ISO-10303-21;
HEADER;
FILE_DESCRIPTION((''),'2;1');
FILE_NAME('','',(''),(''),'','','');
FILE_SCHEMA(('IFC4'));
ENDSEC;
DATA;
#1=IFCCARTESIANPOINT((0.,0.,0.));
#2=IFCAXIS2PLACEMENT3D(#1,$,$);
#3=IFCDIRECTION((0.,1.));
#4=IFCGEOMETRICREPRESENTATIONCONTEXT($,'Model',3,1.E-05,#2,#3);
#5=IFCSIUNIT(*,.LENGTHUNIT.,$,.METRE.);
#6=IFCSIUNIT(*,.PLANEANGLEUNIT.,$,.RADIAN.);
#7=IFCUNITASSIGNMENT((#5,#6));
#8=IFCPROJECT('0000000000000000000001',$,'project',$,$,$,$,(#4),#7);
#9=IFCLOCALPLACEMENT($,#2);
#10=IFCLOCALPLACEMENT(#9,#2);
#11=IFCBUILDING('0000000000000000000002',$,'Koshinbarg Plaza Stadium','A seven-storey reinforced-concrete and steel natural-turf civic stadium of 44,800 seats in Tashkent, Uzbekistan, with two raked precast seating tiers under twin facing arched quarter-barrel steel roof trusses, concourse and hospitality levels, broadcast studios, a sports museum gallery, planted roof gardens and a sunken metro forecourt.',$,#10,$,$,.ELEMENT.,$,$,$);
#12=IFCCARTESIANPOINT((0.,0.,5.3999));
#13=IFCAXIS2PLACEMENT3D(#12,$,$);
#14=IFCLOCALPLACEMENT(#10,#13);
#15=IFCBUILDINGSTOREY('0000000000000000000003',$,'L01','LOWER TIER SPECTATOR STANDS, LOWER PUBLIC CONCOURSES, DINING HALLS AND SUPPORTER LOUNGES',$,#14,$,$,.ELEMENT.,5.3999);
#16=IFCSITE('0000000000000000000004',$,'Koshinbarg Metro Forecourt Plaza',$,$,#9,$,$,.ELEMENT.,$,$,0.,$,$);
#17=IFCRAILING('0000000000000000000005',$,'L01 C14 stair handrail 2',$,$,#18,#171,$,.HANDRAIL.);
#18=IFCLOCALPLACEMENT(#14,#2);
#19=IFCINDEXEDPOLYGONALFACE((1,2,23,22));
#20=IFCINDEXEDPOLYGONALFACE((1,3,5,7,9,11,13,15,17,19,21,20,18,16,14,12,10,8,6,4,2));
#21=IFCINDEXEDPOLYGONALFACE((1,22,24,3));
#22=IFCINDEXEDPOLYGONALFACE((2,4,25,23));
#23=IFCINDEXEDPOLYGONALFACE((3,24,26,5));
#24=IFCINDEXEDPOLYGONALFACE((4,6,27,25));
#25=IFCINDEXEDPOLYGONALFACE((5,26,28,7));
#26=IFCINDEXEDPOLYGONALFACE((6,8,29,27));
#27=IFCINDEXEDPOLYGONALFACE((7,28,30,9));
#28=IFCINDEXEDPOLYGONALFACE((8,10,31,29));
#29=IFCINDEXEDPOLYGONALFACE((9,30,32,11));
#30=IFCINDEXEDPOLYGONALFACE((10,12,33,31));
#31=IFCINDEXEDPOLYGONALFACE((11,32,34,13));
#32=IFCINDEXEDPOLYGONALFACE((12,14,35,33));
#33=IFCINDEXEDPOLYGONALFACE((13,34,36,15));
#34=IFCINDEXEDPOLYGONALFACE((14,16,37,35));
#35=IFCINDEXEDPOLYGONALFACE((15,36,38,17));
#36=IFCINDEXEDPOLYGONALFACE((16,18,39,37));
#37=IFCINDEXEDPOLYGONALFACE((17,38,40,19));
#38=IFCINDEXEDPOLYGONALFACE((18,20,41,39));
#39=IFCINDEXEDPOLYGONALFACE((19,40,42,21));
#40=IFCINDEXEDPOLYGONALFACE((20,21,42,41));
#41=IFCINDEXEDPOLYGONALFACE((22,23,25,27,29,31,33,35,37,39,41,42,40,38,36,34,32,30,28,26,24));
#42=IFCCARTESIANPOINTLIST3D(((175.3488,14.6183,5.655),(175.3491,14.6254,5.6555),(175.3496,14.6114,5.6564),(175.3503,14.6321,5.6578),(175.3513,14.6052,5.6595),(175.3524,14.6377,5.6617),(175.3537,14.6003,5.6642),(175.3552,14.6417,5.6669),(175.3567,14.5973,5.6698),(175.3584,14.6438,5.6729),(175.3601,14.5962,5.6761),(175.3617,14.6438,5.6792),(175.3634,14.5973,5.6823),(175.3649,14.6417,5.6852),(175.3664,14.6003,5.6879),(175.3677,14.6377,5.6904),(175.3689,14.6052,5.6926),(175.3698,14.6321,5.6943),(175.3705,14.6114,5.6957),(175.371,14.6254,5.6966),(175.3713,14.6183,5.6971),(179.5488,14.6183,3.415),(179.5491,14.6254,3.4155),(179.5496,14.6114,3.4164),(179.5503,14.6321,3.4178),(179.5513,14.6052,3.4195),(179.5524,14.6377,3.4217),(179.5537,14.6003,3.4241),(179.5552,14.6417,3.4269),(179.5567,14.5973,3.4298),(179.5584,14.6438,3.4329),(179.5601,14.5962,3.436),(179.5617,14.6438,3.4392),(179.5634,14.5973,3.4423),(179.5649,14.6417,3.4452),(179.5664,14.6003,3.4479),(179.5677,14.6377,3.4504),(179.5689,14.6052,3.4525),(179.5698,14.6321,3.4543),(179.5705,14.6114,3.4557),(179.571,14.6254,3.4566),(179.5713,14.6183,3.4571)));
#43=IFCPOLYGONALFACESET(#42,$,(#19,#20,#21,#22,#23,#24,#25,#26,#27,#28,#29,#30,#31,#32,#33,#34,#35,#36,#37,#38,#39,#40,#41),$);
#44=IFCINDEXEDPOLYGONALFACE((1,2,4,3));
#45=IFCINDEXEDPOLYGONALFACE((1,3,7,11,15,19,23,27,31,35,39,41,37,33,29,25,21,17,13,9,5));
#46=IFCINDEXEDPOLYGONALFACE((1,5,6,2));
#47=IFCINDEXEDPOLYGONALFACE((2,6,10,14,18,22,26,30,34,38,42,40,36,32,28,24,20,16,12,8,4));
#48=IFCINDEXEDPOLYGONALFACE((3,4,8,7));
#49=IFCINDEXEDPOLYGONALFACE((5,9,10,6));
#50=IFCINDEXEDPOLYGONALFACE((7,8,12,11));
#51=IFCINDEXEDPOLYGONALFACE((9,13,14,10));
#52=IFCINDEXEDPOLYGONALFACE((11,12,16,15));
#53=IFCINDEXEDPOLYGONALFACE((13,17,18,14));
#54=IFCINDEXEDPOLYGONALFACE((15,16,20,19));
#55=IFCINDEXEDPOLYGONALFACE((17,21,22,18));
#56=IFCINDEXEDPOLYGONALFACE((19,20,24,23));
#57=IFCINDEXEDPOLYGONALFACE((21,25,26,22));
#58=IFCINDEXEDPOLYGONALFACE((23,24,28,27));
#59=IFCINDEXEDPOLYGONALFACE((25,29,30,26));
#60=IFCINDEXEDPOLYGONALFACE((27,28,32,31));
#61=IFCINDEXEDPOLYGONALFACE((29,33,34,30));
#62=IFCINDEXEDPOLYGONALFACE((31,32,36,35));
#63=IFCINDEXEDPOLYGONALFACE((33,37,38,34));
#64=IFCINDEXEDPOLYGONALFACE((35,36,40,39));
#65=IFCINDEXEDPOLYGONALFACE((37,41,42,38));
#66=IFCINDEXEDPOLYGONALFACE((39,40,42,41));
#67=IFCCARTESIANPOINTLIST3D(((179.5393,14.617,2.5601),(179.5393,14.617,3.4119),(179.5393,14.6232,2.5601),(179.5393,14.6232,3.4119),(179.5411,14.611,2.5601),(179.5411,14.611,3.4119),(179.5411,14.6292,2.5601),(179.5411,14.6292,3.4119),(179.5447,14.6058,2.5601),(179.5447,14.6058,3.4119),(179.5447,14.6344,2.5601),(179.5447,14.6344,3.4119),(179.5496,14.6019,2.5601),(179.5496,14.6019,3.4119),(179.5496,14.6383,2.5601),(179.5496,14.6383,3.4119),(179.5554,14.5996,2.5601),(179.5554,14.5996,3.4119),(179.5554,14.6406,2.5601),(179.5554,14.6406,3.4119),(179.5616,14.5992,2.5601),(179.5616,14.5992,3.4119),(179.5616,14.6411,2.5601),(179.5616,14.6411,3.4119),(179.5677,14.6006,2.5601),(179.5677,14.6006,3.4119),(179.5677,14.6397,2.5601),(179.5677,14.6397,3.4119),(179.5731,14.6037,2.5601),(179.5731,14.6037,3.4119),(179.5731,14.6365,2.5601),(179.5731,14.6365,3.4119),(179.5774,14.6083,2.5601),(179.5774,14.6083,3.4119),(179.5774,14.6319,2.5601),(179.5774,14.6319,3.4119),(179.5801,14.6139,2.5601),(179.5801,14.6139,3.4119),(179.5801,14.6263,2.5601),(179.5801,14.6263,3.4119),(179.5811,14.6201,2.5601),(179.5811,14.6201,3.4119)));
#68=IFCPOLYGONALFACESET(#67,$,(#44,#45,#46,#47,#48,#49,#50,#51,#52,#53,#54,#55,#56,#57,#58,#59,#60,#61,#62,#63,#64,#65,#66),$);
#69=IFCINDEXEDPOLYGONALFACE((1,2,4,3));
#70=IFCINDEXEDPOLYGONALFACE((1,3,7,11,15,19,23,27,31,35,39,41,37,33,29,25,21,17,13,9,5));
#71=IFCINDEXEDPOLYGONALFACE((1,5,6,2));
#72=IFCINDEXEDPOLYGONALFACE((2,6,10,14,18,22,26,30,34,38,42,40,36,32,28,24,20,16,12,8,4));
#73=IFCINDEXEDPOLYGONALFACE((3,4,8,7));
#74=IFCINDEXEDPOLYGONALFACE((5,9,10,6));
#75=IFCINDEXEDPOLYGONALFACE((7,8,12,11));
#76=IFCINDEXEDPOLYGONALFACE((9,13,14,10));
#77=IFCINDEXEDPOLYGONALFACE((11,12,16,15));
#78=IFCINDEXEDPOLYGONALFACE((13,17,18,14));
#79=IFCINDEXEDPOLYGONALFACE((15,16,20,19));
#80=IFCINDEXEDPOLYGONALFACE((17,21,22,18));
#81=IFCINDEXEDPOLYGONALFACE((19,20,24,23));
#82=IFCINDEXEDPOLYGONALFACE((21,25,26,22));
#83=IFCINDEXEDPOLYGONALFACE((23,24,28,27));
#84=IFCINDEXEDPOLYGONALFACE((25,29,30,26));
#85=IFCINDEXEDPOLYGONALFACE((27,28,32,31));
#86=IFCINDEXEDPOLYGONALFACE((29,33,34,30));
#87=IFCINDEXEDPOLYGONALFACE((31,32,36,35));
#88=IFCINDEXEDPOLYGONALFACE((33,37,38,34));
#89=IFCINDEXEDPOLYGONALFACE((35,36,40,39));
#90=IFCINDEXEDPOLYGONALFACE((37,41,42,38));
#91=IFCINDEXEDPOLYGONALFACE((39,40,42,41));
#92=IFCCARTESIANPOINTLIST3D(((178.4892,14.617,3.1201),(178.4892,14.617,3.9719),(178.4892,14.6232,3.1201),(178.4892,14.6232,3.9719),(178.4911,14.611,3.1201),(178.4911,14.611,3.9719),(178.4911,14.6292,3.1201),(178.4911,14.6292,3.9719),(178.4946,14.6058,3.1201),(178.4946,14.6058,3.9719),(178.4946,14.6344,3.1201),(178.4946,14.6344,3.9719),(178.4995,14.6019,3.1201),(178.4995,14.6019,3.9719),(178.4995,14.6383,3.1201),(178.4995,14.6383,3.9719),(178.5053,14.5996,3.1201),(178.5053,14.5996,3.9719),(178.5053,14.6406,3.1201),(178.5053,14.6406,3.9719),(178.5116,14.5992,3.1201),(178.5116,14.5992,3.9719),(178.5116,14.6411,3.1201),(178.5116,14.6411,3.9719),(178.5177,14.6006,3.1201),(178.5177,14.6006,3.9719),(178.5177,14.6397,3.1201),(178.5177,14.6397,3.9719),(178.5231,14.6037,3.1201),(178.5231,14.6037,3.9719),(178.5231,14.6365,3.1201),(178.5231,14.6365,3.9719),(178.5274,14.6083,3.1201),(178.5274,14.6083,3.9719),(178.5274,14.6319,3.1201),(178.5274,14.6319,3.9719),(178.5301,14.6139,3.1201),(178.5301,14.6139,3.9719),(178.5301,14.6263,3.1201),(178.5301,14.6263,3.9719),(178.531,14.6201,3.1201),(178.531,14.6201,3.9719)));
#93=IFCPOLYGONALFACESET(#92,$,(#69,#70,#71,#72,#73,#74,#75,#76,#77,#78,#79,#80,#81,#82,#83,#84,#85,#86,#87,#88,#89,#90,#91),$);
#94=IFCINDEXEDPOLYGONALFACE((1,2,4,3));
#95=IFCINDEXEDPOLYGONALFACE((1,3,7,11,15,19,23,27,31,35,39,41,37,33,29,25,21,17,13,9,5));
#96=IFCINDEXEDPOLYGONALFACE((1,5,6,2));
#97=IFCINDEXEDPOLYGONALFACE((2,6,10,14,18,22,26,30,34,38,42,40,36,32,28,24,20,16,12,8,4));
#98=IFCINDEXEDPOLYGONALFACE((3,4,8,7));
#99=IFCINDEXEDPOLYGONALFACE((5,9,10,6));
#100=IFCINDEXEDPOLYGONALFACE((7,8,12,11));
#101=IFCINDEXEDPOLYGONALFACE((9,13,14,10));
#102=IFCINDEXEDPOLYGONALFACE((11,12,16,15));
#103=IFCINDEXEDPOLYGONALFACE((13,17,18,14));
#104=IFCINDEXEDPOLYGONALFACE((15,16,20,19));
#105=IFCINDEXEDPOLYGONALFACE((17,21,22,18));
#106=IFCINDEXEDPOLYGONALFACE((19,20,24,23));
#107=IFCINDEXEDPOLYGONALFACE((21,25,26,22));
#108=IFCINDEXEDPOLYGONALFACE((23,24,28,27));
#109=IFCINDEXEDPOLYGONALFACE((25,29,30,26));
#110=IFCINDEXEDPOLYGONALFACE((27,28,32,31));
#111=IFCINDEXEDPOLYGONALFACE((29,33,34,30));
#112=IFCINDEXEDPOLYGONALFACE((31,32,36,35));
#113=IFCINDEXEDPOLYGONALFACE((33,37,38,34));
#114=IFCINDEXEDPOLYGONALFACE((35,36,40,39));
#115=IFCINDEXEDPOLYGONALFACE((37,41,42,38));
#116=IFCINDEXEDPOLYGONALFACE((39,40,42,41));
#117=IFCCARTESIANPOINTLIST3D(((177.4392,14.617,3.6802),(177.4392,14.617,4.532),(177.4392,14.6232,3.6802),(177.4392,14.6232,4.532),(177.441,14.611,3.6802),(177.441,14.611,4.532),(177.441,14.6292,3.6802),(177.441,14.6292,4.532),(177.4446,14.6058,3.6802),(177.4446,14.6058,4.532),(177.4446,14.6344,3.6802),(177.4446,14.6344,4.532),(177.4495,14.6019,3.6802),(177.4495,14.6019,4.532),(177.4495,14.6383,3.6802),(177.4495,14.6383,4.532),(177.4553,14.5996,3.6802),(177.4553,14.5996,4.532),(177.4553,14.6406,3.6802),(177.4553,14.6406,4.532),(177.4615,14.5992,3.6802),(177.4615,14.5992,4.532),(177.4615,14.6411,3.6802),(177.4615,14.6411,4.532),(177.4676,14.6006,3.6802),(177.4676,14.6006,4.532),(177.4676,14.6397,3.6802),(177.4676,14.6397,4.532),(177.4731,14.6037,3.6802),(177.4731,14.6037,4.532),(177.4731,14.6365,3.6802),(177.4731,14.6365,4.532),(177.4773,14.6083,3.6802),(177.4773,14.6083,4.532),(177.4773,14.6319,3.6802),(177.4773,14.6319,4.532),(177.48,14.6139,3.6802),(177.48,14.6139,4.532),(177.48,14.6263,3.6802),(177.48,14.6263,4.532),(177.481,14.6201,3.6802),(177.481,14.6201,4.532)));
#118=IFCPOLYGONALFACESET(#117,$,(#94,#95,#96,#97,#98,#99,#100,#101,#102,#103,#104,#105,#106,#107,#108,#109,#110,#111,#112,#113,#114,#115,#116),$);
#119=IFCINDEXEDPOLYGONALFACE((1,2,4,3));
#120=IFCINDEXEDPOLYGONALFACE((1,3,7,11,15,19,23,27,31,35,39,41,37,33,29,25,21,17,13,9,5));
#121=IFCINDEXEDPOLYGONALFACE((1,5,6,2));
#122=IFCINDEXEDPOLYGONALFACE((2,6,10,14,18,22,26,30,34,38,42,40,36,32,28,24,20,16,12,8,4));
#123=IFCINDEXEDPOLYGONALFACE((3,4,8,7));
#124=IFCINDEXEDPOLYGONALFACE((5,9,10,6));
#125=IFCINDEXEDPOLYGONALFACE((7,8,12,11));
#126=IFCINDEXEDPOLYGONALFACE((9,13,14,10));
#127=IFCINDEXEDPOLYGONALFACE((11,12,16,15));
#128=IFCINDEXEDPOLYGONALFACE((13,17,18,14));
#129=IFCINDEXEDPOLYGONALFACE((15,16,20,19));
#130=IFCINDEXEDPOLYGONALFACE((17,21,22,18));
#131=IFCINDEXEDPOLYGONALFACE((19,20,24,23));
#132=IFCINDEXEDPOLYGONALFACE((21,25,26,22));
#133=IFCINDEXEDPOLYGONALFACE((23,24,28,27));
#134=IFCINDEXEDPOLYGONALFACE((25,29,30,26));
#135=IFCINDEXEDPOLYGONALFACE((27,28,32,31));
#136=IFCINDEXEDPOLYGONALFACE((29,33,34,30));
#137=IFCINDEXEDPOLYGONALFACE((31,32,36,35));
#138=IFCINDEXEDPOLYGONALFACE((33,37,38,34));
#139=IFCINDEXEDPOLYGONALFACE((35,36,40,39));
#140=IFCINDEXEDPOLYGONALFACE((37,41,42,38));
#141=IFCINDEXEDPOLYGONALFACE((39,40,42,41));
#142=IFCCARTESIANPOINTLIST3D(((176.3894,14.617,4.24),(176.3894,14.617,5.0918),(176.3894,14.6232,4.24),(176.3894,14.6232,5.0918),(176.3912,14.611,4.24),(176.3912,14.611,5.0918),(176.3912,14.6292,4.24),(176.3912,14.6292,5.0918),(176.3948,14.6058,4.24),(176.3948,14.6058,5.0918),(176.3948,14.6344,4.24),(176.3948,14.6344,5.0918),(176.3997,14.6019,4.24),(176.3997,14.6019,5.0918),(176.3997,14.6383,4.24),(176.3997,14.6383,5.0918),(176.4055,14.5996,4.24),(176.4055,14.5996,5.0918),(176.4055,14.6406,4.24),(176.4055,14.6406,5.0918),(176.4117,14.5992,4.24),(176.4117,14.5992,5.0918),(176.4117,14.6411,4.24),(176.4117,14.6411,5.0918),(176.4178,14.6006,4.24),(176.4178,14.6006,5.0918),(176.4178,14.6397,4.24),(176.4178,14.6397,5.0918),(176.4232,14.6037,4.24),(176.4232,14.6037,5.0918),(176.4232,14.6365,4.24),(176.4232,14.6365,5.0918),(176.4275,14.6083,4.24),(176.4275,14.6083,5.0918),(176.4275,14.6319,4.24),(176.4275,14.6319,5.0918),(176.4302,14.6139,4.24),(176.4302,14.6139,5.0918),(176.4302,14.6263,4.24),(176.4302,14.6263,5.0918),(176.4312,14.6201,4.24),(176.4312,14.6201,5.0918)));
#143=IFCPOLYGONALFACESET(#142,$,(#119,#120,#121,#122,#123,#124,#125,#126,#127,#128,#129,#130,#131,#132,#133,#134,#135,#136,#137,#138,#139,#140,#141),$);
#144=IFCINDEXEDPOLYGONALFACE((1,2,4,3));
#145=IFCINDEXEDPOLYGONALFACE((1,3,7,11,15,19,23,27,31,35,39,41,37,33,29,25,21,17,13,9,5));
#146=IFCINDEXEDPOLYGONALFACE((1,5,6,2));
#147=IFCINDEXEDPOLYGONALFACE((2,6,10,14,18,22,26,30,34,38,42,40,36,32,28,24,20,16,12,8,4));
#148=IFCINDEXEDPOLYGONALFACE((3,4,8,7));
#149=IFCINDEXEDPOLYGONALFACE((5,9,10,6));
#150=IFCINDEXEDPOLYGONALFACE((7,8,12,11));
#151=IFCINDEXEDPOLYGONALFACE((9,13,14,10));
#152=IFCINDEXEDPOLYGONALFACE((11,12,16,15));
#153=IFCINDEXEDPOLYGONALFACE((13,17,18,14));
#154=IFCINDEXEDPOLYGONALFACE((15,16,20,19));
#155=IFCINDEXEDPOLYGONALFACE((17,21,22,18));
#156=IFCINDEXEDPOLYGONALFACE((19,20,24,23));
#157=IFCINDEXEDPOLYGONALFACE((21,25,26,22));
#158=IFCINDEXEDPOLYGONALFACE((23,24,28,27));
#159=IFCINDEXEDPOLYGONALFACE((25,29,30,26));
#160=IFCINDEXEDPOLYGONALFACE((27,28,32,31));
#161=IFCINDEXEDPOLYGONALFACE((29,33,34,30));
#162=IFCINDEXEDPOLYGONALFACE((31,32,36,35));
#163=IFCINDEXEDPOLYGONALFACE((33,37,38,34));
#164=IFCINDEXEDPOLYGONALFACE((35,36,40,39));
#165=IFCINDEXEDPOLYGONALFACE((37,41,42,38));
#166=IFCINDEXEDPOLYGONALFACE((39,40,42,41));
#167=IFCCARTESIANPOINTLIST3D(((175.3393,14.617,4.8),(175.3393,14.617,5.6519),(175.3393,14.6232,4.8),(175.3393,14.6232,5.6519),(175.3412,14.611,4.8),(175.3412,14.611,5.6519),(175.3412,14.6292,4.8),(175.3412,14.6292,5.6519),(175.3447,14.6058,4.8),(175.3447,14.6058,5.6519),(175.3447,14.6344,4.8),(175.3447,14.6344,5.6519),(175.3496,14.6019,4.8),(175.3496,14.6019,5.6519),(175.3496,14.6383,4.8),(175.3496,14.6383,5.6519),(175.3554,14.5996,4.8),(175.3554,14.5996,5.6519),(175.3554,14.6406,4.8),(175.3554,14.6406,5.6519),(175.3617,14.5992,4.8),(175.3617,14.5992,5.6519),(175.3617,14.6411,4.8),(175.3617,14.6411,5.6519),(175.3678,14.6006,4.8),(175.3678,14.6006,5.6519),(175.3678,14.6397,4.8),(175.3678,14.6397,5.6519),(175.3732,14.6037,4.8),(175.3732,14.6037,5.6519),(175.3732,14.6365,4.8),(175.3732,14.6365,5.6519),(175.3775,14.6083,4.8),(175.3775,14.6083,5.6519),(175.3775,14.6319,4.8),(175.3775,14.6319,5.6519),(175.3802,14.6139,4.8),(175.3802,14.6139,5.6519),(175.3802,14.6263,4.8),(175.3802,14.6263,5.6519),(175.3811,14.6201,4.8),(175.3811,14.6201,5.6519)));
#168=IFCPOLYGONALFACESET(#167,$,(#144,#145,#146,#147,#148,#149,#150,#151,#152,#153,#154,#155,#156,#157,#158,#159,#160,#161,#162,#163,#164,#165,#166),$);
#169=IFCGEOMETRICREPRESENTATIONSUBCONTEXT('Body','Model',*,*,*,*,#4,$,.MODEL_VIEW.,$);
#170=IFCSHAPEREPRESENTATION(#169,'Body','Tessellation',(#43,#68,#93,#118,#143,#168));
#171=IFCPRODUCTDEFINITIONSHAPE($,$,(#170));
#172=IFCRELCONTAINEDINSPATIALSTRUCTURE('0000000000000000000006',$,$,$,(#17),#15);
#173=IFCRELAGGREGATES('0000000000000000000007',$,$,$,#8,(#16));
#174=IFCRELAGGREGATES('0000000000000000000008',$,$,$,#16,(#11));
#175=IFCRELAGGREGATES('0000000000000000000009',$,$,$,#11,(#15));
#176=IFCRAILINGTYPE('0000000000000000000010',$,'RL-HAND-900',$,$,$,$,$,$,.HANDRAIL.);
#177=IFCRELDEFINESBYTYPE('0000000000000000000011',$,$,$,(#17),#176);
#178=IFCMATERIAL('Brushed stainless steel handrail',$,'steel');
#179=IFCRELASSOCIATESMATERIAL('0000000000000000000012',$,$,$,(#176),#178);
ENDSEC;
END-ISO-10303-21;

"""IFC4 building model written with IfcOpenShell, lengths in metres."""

from ifc_helpers import new_model, si_unit, direction, frame, origin, origin_2d, place, context, subcontext, project, spatial, circle, extrude, material, type_object, element, save


model = new_model("IFC4")

# Units and contexts
model_context = context("Model", 3, precision=1e-05, world=origin(), true_north=direction((0.0, 1.0)))
body_context = subcontext(model_context, "Body", "Model", "MODEL_VIEW")
ifc_project = project(units=[si_unit("LENGTHUNIT", "METRE"), si_unit("PLANEANGLEUNIT", "RADIAN")], contexts=[model_context])

# Site, building, storey
site_placement = place(None, origin())
site = spatial("IfcSite", under=ifc_project, at=site_placement, Name="Koshinbarg Metro Forecourt Plaza", CompositionType="ELEMENT", RefElevation=0.0)
building_placement = place(site_placement, origin())
building = spatial("IfcBuilding", under=site, at=building_placement, Name="Koshinbarg Plaza Stadium", Description="A seven-storey reinforced-concrete and steel natural-turf civic stadium of 44,800 seats in Tashkent, Uzbekistan, with two raked precast seating tiers under twin facing arched quarter-barrel steel roof trusses, concourse and hospitality levels, broadcast studios, a sports museum gallery, planted roof gardens and a sunken metro forecourt.", CompositionType="ELEMENT")
storey_placement = place(building_placement, frame((0.0, 0.0, 5.3999)))
storey = spatial("IfcBuildingStorey", under=building, at=storey_placement, Name="L01", Description="LOWER TIER SPECTATOR STANDS, LOWER PUBLIC CONCOURSES, DINING HALLS AND SUPPORTER LOUNGES", CompositionType="ELEMENT", Elevation=5.3999)

# Railing
ifc_material_1 = material(Name="Brushed stainless steel handrail", Category="steel")
railing_type_1 = type_object("IfcRailingType", Name="RL-HAND-900", PredefinedType="HANDRAIL", material=ifc_material_1)
railing_1_placement = place(storey_placement, frame((179.5601, 14.6201, 2.5601)))
element("IfcRailing", 1, at=railing_1_placement, inside=storey, type_object=railing_type_1, Name="L01 C14 stair handrail 2", PredefinedType="HANDRAIL", context=body_context, shape_type="SweptSolid", body=[
    extrude(circle(Radius=0.0239, at=origin_2d()), frame((0.0, 0.0, 0.876), z_axis=(-0.882352, 0.0, 0.470591), x_axis=(0.0, -1.0, 0.0)), (0.0, 0.0, 1.0), 4.76),
    extrude(circle(Radius=0.021, at=origin_2d()), origin(), (0.0, 0.0, 1.0), 0.8518),
    extrude(circle(Radius=0.021, at=origin_2d()), frame((-1.05, 0.0, 0.5601)), (0.0, 0.0, 1.0), 0.8518),
    extrude(circle(Radius=0.021, at=origin_2d()), frame((-2.1001, 0.0, 1.1201)), (0.0, 0.0, 1.0), 0.8518),
    extrude(circle(Radius=0.021, at=origin_2d()), frame((-3.1499, 0.0, 1.6799)), (0.0, 0.0, 1.0), 0.8518),
    extrude(circle(Radius=0.021, at=origin_2d()), frame((-4.2, 0.0, 2.24)), (0.0, 0.0, 1.0), 0.8518),
])

save(model, "model.ifc")
